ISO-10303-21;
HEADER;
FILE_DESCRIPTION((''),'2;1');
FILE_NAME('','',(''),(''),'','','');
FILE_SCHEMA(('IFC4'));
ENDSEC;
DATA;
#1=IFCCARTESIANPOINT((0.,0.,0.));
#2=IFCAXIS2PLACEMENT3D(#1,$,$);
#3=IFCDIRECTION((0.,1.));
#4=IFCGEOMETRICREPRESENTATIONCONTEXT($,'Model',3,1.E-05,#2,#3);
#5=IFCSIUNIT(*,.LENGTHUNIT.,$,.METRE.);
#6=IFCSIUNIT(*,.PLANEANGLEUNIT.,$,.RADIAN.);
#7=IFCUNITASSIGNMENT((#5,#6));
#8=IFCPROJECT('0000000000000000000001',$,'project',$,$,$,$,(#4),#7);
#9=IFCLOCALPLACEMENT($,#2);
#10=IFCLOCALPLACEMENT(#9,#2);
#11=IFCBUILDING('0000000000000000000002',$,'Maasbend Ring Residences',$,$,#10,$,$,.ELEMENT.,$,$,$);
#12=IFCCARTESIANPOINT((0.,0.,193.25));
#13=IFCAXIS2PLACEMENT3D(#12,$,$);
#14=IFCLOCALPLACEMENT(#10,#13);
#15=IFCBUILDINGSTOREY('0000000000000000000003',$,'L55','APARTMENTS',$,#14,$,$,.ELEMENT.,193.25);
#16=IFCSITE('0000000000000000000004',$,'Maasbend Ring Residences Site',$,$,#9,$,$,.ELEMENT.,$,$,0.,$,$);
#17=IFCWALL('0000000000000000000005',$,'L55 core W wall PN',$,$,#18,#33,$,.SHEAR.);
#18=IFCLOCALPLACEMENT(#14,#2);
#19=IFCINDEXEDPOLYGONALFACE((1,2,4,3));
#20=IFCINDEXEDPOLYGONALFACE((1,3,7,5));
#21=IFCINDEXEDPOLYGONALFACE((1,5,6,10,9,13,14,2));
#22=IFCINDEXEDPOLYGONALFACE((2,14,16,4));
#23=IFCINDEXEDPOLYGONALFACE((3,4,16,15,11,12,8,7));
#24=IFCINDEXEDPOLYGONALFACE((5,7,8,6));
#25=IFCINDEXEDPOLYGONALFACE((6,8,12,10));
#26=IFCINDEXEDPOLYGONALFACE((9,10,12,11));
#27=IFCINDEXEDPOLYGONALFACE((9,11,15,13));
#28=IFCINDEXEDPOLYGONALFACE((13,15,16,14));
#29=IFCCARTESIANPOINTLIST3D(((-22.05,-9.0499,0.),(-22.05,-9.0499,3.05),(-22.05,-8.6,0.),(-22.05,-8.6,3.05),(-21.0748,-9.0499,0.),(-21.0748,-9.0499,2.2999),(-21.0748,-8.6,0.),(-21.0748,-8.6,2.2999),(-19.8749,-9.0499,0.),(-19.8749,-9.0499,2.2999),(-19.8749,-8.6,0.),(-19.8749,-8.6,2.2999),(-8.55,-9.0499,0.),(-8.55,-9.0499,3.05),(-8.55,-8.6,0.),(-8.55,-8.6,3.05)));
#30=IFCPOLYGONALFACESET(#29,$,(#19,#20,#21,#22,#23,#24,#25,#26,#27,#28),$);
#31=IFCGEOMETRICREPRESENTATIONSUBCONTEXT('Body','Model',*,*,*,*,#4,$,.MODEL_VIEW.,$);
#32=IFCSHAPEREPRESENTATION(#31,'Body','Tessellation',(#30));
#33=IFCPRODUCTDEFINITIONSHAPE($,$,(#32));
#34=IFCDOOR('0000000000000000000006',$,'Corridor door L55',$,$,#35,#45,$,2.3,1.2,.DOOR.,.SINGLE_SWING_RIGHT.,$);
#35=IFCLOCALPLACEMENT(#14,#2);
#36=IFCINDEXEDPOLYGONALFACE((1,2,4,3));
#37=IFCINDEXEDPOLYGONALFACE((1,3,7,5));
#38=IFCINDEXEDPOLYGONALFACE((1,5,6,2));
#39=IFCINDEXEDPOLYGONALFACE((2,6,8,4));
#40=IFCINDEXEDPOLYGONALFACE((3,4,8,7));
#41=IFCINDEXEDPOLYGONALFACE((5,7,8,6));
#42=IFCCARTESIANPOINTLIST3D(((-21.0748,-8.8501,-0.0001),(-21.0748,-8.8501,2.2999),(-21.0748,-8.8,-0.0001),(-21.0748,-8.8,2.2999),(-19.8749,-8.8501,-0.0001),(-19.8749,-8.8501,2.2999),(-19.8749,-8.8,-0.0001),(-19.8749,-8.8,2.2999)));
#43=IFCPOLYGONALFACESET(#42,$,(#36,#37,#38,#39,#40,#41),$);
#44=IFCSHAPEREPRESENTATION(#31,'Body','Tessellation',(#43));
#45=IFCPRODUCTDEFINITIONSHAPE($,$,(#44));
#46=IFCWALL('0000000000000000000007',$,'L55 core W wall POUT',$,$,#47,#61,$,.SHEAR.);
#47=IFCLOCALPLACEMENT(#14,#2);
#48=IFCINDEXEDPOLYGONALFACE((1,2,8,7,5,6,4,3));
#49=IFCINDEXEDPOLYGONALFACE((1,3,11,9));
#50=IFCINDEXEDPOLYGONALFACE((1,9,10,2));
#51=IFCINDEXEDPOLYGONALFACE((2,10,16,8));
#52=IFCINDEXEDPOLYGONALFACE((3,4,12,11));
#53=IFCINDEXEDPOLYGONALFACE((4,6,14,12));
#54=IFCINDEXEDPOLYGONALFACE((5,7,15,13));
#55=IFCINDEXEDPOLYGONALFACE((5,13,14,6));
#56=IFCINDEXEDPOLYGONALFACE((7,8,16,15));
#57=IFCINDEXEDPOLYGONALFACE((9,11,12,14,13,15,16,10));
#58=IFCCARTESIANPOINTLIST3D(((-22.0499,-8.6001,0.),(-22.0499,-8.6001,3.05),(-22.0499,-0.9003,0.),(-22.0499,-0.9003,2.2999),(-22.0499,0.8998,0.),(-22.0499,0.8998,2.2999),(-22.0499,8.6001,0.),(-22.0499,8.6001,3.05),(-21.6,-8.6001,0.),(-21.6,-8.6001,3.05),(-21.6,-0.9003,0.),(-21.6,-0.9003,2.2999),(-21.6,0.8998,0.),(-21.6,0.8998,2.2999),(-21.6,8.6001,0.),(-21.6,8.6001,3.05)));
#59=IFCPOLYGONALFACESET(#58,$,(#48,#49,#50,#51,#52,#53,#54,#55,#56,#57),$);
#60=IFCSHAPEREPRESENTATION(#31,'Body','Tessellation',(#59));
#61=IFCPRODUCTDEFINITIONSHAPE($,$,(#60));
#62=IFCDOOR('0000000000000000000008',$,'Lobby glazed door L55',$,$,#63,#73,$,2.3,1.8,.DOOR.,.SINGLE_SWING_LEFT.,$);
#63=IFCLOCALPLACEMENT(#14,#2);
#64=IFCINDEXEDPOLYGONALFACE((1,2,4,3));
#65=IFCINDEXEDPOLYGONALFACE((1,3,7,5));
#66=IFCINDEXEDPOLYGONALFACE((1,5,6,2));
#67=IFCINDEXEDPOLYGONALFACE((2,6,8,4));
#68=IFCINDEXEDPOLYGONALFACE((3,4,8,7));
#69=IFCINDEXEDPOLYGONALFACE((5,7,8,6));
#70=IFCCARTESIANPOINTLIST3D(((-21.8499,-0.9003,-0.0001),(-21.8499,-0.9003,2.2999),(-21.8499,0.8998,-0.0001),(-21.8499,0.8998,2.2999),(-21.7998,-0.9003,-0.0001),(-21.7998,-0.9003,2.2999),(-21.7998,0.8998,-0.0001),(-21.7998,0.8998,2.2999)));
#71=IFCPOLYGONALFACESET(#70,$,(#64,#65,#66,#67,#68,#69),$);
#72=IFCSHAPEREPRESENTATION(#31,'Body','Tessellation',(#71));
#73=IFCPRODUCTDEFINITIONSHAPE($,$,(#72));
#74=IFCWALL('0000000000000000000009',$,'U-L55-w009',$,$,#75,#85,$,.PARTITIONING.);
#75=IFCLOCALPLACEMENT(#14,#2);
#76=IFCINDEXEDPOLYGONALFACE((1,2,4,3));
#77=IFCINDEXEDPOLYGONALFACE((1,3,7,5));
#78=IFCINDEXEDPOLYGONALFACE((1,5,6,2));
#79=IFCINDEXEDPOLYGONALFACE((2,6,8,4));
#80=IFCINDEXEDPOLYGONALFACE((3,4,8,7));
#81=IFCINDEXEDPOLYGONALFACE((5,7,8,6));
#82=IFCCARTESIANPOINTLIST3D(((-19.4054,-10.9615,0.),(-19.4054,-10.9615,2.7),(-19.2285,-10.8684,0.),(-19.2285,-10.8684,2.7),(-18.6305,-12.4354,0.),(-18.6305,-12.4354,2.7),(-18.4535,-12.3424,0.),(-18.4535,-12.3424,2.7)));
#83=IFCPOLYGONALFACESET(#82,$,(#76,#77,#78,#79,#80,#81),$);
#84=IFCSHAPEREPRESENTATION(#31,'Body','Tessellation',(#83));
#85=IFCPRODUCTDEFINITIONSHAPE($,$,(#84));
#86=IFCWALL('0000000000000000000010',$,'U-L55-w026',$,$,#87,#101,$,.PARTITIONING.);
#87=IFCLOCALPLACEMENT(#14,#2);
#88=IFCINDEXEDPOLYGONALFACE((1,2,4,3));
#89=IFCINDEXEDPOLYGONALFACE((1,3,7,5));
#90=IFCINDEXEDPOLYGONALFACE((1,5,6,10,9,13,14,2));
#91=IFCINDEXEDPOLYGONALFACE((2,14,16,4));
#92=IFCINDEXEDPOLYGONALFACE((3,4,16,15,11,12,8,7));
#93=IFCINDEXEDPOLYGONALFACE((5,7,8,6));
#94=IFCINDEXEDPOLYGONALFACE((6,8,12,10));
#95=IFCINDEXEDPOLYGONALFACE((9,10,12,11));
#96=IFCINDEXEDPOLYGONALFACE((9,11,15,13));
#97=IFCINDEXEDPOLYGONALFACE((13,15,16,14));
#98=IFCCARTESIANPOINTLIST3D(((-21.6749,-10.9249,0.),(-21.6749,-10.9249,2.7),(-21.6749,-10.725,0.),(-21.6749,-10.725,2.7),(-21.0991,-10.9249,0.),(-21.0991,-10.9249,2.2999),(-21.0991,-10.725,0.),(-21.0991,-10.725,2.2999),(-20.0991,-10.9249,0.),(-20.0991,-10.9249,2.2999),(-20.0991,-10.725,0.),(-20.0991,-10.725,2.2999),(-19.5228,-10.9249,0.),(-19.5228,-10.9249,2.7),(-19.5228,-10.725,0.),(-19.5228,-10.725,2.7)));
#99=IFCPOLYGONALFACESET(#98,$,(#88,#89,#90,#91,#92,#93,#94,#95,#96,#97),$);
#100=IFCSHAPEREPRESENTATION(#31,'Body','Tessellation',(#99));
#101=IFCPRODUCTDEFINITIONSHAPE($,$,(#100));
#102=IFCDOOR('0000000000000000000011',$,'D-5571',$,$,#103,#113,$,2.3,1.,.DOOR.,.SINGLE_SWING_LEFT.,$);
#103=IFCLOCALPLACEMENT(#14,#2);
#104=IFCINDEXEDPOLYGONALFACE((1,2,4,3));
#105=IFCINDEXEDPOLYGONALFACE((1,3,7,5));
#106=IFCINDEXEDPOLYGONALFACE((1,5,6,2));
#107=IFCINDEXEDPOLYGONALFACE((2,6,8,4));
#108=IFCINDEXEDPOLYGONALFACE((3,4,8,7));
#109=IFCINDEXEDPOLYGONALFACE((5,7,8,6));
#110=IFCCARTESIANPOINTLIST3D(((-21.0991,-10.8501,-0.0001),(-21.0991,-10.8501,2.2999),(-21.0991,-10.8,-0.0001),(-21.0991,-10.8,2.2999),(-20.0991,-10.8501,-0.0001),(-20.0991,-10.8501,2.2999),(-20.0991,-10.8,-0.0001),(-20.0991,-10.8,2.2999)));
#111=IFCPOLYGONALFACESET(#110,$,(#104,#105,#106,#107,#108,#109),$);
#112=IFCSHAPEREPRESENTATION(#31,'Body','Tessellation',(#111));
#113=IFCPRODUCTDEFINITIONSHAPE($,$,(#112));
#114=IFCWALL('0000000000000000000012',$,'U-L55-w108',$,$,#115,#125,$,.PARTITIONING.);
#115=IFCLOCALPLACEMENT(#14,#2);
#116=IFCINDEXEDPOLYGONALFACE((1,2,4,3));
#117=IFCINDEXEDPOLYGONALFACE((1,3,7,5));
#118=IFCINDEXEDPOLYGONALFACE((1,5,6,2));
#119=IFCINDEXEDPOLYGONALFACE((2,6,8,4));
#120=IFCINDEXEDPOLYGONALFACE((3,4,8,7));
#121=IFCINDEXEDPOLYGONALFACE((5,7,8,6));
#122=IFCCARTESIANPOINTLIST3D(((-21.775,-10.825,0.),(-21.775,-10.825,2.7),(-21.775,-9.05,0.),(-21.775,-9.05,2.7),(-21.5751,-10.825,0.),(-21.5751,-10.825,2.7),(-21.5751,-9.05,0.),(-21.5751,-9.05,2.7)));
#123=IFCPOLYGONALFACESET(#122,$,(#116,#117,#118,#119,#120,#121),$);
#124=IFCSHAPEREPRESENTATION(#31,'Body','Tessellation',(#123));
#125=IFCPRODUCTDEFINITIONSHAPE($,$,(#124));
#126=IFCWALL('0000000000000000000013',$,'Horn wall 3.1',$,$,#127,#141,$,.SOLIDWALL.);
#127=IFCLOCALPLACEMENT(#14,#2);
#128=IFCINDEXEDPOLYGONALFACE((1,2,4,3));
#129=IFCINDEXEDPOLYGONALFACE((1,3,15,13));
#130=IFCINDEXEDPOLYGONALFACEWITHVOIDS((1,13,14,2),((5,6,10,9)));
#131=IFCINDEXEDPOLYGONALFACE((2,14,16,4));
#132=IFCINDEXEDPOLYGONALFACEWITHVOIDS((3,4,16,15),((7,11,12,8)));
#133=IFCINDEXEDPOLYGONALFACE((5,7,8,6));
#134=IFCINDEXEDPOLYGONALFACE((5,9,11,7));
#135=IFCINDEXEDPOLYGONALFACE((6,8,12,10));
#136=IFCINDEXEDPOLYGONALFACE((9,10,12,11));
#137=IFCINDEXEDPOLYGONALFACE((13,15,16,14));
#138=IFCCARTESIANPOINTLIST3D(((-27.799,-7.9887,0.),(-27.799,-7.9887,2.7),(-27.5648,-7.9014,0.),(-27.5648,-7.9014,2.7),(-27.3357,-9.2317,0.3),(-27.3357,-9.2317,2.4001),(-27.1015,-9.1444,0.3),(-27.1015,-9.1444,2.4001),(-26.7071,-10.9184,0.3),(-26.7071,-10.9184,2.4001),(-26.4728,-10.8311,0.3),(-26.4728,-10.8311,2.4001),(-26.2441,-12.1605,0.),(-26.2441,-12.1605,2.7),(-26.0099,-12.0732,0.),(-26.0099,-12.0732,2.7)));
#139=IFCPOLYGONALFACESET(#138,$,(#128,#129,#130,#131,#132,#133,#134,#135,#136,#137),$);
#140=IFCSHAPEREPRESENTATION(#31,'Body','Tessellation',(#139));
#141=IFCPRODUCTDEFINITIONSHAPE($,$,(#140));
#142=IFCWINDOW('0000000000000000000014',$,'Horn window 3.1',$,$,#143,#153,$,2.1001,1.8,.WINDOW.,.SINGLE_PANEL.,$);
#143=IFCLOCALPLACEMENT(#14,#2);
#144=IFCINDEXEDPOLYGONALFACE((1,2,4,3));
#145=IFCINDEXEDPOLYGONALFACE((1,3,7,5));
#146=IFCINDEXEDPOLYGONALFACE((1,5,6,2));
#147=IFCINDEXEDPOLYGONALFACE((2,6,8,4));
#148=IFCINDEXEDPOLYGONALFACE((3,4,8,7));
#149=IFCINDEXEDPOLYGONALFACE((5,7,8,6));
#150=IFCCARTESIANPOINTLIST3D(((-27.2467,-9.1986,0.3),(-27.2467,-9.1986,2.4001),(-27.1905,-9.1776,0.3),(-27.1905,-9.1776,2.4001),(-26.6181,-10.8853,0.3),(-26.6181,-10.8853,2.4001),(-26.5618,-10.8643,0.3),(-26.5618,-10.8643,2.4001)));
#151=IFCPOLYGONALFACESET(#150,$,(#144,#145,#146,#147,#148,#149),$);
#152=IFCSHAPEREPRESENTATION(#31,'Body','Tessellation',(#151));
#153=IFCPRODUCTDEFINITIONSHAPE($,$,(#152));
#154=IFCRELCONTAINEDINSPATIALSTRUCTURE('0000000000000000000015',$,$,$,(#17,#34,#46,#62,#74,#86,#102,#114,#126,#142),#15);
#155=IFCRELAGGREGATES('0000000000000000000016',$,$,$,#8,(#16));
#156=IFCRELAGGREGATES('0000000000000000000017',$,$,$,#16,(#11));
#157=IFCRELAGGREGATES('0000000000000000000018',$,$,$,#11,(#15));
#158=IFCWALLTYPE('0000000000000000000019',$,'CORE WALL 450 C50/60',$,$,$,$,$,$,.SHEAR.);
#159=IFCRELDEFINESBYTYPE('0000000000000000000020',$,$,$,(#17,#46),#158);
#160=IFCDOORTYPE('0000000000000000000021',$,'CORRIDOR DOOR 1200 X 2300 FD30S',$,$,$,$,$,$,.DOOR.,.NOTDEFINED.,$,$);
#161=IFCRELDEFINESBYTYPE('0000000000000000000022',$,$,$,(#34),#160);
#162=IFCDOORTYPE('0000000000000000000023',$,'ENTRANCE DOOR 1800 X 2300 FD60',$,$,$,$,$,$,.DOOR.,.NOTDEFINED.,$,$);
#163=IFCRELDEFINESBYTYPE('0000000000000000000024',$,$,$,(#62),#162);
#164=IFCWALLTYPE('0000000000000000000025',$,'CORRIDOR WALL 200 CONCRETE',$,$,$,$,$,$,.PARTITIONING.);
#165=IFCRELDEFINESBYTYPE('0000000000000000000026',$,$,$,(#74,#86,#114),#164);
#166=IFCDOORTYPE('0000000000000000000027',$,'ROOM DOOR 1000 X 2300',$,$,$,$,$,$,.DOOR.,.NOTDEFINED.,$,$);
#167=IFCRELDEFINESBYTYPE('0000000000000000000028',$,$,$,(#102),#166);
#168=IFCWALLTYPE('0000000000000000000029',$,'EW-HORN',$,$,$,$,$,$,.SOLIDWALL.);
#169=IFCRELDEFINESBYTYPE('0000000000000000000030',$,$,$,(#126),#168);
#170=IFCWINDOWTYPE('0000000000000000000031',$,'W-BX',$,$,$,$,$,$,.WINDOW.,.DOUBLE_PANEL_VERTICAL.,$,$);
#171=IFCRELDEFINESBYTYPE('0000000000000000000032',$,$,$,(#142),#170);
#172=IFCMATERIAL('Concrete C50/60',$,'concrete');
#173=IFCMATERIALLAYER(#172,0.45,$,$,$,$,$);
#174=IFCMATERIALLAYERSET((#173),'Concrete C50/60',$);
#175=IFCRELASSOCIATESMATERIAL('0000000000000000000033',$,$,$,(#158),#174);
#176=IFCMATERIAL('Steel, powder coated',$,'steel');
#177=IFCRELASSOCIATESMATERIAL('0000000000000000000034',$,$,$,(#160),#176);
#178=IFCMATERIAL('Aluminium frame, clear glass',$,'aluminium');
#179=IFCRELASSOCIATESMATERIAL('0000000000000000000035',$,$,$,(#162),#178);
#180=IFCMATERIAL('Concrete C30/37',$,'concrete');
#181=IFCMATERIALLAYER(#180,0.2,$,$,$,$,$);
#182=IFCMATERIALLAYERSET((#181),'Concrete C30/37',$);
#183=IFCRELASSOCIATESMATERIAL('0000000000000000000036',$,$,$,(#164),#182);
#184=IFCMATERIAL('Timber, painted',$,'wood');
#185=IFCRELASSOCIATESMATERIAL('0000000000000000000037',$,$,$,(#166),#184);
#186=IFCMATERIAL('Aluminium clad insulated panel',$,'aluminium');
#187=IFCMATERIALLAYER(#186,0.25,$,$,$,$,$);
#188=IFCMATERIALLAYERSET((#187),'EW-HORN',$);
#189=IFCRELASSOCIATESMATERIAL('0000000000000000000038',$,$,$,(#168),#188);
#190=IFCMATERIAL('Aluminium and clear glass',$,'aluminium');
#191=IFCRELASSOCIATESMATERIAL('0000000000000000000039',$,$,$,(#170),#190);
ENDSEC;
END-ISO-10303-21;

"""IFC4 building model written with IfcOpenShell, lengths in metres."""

from ifc_helpers import new_model, si_unit, direction, frame, frame_2d, origin, place, context, subcontext, project, spatial, rectangle, extrude, material, layer, layer_set, type_object, element, fill, save


model = new_model("IFC4")

# Units and contexts
model_context = context("Model", 3, precision=1e-05, world=origin(), true_north=direction((0.0, 1.0)))
body_context = subcontext(model_context, "Body", "Model", "MODEL_VIEW")
ifc_project = project(units=[si_unit("LENGTHUNIT", "METRE"), si_unit("PLANEANGLEUNIT", "RADIAN")], contexts=[model_context])

# Site, building, storey
site_placement = place(None, origin())
site = spatial("IfcSite", under=ifc_project, at=site_placement, Name="Maasbend Ring Residences Site", CompositionType="ELEMENT", RefElevation=0.0)
building_placement = place(site_placement, origin())
building = spatial("IfcBuilding", under=site, at=building_placement, Name="Maasbend Ring Residences", CompositionType="ELEMENT")
storey_placement = place(building_placement, frame((0.0, 0.0, 193.25)))
storey = spatial("IfcBuildingStorey", under=building, at=storey_placement, Name="L55", Description="APARTMENTS", CompositionType="ELEMENT", Elevation=193.25)

# Walls, openings, doors
ifc_material_1 = material(Name="Concrete C50/60", Category="concrete")
ifc_layer_1 = layer(ifc_material_1, 0.45)
ifc_layer_set_1 = layer_set([ifc_layer_1], Name="Concrete C50/60")
wall_type_1 = type_object("IfcWallType", Name="CORE WALL 450 C50/60", PredefinedType="SHEAR", material=ifc_layer_set_1)
wall_1_placement = place(storey_placement, frame((-22.05, -8.825, 0.0), z_axis=(0.0, 0.0, 1.0), x_axis=(1.0, 0.0, 0.0)))
wall_1 = element("IfcWall", 1, at=wall_1_placement, inside=storey, type_object=wall_type_1, Name="L55 core W wall PN", PredefinedType="SHEAR", context=body_context, shape_type="SweptSolid", body=[
    extrude(rectangle(XDim=13.5, YDim=0.45, at=frame_2d((6.75, 0.0))), origin(), (0.0, 0.0, 1.0), 3.05),
])
opening_1_placement = place(wall_1_placement, frame((0.9751, 0.0, 0.0)))
opening_1 = element("IfcOpeningElement", 2, at=opening_1_placement, cuts=wall_1, PredefinedType="OPENING", context=body_context, shape_type="SweptSolid", body=[
    extrude(rectangle(XDim=1.2, YDim=2.3, at=frame_2d((0.6001, 1.1499))), frame((0.0, 0.2349, 0.0), z_axis=(0.0, -1.0, 0.0), x_axis=(1.0, 0.0, 0.0)), (0.0, 0.0, 1.0), 0.47),
])
ifc_material_2 = material(Name="Steel, powder coated", Category="steel")
door_type_1 = type_object("IfcDoorType", Name="CORRIDOR DOOR 1200 X 2300 FD30S", OperationType="NOTDEFINED", PredefinedType="DOOR", material=ifc_material_2)
door_1_placement = place(opening_1_placement, origin())
door_1 = element("IfcDoor", 3, at=door_1_placement, inside=storey, type_object=door_type_1, Name="Corridor door L55", OperationType="SINGLE_SWING_RIGHT", OverallHeight=2.3, OverallWidth=1.2, PredefinedType="DOOR", context=body_context, shape_type="SweptSolid", body=[
    extrude(rectangle(XDim=1.2, YDim=2.3, at=frame_2d((0.6001, 1.1499))), frame((0.0, 0.0249, 0.0), z_axis=(0.0, -1.0, 0.0), x_axis=(1.0, 0.0, 0.0)), (0.0, 0.0, 1.0), 0.05),
])
fill(opening_1, door_1)
wall_2_placement = place(storey_placement, frame((-21.825, -8.6001, 0.0), z_axis=(0.0, 0.0, 1.0), x_axis=(0.0, 1.0, 0.0)))
wall_2 = element("IfcWall", 4, at=wall_2_placement, inside=storey, type_object=wall_type_1, Name="L55 core W wall POUT", PredefinedType="SHEAR", context=body_context, shape_type="SweptSolid", body=[
    extrude(rectangle(XDim=17.2002, YDim=0.45, at=frame_2d((8.6001, 0.0))), origin(), (0.0, 0.0, 1.0), 3.05),
])
opening_2_placement = place(wall_2_placement, frame((7.7, 0.0, 0.0)))
opening_2 = element("IfcOpeningElement", 5, at=opening_2_placement, cuts=wall_2, PredefinedType="OPENING", context=body_context, shape_type="SweptSolid", body=[
    extrude(rectangle(XDim=1.8, YDim=2.3, at=frame_2d((0.8999, 1.1499))), frame((0.0, 0.2349, 0.0), z_axis=(0.0, -1.0, 0.0), x_axis=(1.0, 0.0, 0.0)), (0.0, 0.0, 1.0), 0.47),
])
ifc_material_3 = material(Name="Aluminium frame, clear glass", Category="aluminium")
door_type_2 = type_object("IfcDoorType", Name="ENTRANCE DOOR 1800 X 2300 FD60", OperationType="NOTDEFINED", PredefinedType="DOOR", material=ifc_material_3)
door_2_placement = place(opening_2_placement, origin())
door_2 = element("IfcDoor", 6, at=door_2_placement, inside=storey, type_object=door_type_2, Name="Lobby glazed door L55", OperationType="SINGLE_SWING_LEFT", OverallHeight=2.3, OverallWidth=1.8, PredefinedType="DOOR", context=body_context, shape_type="SweptSolid", body=[
    extrude(rectangle(XDim=1.8, YDim=2.3, at=frame_2d((0.8999, 1.1499))), frame((0.0, 0.0249, 0.0), z_axis=(0.0, -1.0, 0.0), x_axis=(1.0, 0.0, 0.0)), (0.0, 0.0, 1.0), 0.05),
])
fill(opening_2, door_2)

# Wall
ifc_material_4 = material(Name="Concrete C30/37", Category="concrete")
ifc_layer_2 = layer(ifc_material_4, 0.2)
ifc_layer_set_2 = layer_set([ifc_layer_2], Name="Concrete C30/37")
wall_type_2 = type_object("IfcWallType", Name="CORRIDOR WALL 200 CONCRETE", PredefinedType="PARTITIONING", material=ifc_layer_set_2)
wall_3_placement = place(storey_placement, frame((-19.3169, -10.915, 0.0), z_axis=(0.0, 0.0, 1.0), x_axis=(0.46536, -0.885122, 0.0)))
element("IfcWall", 7, at=wall_3_placement, inside=storey, type_object=wall_type_2, Name="U-L55-w009", PredefinedType="PARTITIONING", context=body_context, shape_type="SweptSolid", body=[
    extrude(rectangle(XDim=1.6653, YDim=0.2, at=frame_2d((0.8325, 0.0))), origin(), (0.0, 0.0, 1.0), 2.7),
])

# Wall, opening, door
wall_4_placement = place(storey_placement, frame((-21.675, -10.825, 0.0), z_axis=(0.0, 0.0, 1.0), x_axis=(1.0, 0.0, 0.0)))
wall_4 = element("IfcWall", 8, at=wall_4_placement, inside=storey, type_object=wall_type_2, Name="U-L55-w026", PredefinedType="PARTITIONING", context=body_context, shape_type="SweptSolid", body=[
    extrude(rectangle(XDim=2.1521, YDim=0.2, at=frame_2d((1.0762, 0.0))), origin(), (0.0, 0.0, 1.0), 2.7),
])
opening_3_placement = place(wall_4_placement, frame((0.5759, 0.0, 0.0)))
opening_3 = element("IfcOpeningElement", 9, at=opening_3_placement, cuts=wall_4, PredefinedType="OPENING", context=body_context, shape_type="SweptSolid", body=[
    extrude(rectangle(XDim=1.0, YDim=2.3, at=frame_2d((0.5, 1.1499))), frame((0.0, 0.1099, 0.0), z_axis=(0.0, -1.0, 0.0), x_axis=(1.0, 0.0, 0.0)), (0.0, 0.0, 1.0), 0.22),
])
ifc_material_5 = material(Name="Timber, painted", Category="wood")
door_type_3 = type_object("IfcDoorType", Name="ROOM DOOR 1000 X 2300", OperationType="NOTDEFINED", PredefinedType="DOOR", material=ifc_material_5)
door_3_placement = place(opening_3_placement, origin())
door_3 = element("IfcDoor", 10, at=door_3_placement, inside=storey, type_object=door_type_3, Name="D-5571", OperationType="SINGLE_SWING_LEFT", OverallHeight=2.3, OverallWidth=1.0, PredefinedType="DOOR", context=body_context, shape_type="SweptSolid", body=[
    extrude(rectangle(XDim=1.0, YDim=2.3, at=frame_2d((0.5, 1.1499))), frame((0.0, 0.0249, 0.0), z_axis=(0.0, -1.0, 0.0), x_axis=(1.0, 0.0, 0.0)), (0.0, 0.0, 1.0), 0.05),
])
fill(opening_3, door_3)

# Wall
wall_5_placement = place(storey_placement, frame((-21.675, -10.825, 0.0), z_axis=(0.0, 0.0, 1.0), x_axis=(0.0, 1.0, 0.0)))
element("IfcWall", 11, at=wall_5_placement, inside=storey, type_object=wall_type_2, Name="U-L55-w108", PredefinedType="PARTITIONING", context=body_context, shape_type="SweptSolid", body=[
    extrude(rectangle(XDim=1.7749, YDim=0.2, at=frame_2d((0.8875, 0.0))), origin(), (0.0, 0.0, 1.0), 2.7),
])

# Wall, opening, window
ifc_material_6 = material(Name="Aluminium clad insulated panel", Category="aluminium")
ifc_layer_3 = layer(ifc_material_6, 0.25)
ifc_layer_set_3 = layer_set([ifc_layer_3], Name="EW-HORN")
wall_type_3 = type_object("IfcWallType", Name="EW-HORN", PredefinedType="SOLIDWALL", material=ifc_layer_set_3)
wall_6_placement = place(storey_placement, frame((-27.6819, -7.9451, 0.0), z_axis=(0.0, 0.0, 1.0), x_axis=(0.349248, -0.93703, 0.0)))
wall_6 = element("IfcWall", 12, at=wall_6_placement, inside=storey, type_object=wall_type_3, Name="Horn wall 3.1", PredefinedType="SOLIDWALL", context=body_context, shape_type="SweptSolid", body=[
    extrude(rectangle(XDim=4.4521, YDim=0.25, at=frame_2d((2.2261, 0.0))), origin(), (0.0, 0.0, 1.0), 2.7),
])
opening_4_placement = place(wall_6_placement, frame((1.3267, 0.0, 0.3)))
opening_4 = element("IfcOpeningElement", 13, at=opening_4_placement, cuts=wall_6, PredefinedType="OPENING", context=body_context, shape_type="SweptSolid", body=[
    extrude(rectangle(XDim=1.8, YDim=2.1001, at=frame_2d((0.8999, 1.05))), frame((0.0, 0.135, 0.0), z_axis=(0.0, -1.0, 0.0), x_axis=(1.0, 0.0, 0.0)), (0.0, 0.0, 1.0), 0.27),
])
ifc_material_7 = material(Name="Aluminium and clear glass", Category="aluminium")
window_type = type_object("IfcWindowType", Name="W-BX", PartitioningType="DOUBLE_PANEL_VERTICAL", PredefinedType="WINDOW", material=ifc_material_7)
window_1_placement = place(opening_4_placement, origin())
window_1 = element("IfcWindow", 14, at=window_1_placement, inside=storey, type_object=window_type, Name="Horn window 3.1", OverallHeight=2.1001, OverallWidth=1.8, PartitioningType="SINGLE_PANEL", PredefinedType="WINDOW", context=body_context, shape_type="SweptSolid", body=[
    extrude(rectangle(XDim=1.8, YDim=2.1001, at=frame_2d((0.8999, 1.05))), frame((0.0, 0.03, 0.0), z_axis=(0.0, -1.0, 0.0), x_axis=(1.0, 0.0, 0.0)), (0.0, 0.0, 1.0), 0.0601),
])
fill(opening_4, window_1)

save(model, "model.ifc")
